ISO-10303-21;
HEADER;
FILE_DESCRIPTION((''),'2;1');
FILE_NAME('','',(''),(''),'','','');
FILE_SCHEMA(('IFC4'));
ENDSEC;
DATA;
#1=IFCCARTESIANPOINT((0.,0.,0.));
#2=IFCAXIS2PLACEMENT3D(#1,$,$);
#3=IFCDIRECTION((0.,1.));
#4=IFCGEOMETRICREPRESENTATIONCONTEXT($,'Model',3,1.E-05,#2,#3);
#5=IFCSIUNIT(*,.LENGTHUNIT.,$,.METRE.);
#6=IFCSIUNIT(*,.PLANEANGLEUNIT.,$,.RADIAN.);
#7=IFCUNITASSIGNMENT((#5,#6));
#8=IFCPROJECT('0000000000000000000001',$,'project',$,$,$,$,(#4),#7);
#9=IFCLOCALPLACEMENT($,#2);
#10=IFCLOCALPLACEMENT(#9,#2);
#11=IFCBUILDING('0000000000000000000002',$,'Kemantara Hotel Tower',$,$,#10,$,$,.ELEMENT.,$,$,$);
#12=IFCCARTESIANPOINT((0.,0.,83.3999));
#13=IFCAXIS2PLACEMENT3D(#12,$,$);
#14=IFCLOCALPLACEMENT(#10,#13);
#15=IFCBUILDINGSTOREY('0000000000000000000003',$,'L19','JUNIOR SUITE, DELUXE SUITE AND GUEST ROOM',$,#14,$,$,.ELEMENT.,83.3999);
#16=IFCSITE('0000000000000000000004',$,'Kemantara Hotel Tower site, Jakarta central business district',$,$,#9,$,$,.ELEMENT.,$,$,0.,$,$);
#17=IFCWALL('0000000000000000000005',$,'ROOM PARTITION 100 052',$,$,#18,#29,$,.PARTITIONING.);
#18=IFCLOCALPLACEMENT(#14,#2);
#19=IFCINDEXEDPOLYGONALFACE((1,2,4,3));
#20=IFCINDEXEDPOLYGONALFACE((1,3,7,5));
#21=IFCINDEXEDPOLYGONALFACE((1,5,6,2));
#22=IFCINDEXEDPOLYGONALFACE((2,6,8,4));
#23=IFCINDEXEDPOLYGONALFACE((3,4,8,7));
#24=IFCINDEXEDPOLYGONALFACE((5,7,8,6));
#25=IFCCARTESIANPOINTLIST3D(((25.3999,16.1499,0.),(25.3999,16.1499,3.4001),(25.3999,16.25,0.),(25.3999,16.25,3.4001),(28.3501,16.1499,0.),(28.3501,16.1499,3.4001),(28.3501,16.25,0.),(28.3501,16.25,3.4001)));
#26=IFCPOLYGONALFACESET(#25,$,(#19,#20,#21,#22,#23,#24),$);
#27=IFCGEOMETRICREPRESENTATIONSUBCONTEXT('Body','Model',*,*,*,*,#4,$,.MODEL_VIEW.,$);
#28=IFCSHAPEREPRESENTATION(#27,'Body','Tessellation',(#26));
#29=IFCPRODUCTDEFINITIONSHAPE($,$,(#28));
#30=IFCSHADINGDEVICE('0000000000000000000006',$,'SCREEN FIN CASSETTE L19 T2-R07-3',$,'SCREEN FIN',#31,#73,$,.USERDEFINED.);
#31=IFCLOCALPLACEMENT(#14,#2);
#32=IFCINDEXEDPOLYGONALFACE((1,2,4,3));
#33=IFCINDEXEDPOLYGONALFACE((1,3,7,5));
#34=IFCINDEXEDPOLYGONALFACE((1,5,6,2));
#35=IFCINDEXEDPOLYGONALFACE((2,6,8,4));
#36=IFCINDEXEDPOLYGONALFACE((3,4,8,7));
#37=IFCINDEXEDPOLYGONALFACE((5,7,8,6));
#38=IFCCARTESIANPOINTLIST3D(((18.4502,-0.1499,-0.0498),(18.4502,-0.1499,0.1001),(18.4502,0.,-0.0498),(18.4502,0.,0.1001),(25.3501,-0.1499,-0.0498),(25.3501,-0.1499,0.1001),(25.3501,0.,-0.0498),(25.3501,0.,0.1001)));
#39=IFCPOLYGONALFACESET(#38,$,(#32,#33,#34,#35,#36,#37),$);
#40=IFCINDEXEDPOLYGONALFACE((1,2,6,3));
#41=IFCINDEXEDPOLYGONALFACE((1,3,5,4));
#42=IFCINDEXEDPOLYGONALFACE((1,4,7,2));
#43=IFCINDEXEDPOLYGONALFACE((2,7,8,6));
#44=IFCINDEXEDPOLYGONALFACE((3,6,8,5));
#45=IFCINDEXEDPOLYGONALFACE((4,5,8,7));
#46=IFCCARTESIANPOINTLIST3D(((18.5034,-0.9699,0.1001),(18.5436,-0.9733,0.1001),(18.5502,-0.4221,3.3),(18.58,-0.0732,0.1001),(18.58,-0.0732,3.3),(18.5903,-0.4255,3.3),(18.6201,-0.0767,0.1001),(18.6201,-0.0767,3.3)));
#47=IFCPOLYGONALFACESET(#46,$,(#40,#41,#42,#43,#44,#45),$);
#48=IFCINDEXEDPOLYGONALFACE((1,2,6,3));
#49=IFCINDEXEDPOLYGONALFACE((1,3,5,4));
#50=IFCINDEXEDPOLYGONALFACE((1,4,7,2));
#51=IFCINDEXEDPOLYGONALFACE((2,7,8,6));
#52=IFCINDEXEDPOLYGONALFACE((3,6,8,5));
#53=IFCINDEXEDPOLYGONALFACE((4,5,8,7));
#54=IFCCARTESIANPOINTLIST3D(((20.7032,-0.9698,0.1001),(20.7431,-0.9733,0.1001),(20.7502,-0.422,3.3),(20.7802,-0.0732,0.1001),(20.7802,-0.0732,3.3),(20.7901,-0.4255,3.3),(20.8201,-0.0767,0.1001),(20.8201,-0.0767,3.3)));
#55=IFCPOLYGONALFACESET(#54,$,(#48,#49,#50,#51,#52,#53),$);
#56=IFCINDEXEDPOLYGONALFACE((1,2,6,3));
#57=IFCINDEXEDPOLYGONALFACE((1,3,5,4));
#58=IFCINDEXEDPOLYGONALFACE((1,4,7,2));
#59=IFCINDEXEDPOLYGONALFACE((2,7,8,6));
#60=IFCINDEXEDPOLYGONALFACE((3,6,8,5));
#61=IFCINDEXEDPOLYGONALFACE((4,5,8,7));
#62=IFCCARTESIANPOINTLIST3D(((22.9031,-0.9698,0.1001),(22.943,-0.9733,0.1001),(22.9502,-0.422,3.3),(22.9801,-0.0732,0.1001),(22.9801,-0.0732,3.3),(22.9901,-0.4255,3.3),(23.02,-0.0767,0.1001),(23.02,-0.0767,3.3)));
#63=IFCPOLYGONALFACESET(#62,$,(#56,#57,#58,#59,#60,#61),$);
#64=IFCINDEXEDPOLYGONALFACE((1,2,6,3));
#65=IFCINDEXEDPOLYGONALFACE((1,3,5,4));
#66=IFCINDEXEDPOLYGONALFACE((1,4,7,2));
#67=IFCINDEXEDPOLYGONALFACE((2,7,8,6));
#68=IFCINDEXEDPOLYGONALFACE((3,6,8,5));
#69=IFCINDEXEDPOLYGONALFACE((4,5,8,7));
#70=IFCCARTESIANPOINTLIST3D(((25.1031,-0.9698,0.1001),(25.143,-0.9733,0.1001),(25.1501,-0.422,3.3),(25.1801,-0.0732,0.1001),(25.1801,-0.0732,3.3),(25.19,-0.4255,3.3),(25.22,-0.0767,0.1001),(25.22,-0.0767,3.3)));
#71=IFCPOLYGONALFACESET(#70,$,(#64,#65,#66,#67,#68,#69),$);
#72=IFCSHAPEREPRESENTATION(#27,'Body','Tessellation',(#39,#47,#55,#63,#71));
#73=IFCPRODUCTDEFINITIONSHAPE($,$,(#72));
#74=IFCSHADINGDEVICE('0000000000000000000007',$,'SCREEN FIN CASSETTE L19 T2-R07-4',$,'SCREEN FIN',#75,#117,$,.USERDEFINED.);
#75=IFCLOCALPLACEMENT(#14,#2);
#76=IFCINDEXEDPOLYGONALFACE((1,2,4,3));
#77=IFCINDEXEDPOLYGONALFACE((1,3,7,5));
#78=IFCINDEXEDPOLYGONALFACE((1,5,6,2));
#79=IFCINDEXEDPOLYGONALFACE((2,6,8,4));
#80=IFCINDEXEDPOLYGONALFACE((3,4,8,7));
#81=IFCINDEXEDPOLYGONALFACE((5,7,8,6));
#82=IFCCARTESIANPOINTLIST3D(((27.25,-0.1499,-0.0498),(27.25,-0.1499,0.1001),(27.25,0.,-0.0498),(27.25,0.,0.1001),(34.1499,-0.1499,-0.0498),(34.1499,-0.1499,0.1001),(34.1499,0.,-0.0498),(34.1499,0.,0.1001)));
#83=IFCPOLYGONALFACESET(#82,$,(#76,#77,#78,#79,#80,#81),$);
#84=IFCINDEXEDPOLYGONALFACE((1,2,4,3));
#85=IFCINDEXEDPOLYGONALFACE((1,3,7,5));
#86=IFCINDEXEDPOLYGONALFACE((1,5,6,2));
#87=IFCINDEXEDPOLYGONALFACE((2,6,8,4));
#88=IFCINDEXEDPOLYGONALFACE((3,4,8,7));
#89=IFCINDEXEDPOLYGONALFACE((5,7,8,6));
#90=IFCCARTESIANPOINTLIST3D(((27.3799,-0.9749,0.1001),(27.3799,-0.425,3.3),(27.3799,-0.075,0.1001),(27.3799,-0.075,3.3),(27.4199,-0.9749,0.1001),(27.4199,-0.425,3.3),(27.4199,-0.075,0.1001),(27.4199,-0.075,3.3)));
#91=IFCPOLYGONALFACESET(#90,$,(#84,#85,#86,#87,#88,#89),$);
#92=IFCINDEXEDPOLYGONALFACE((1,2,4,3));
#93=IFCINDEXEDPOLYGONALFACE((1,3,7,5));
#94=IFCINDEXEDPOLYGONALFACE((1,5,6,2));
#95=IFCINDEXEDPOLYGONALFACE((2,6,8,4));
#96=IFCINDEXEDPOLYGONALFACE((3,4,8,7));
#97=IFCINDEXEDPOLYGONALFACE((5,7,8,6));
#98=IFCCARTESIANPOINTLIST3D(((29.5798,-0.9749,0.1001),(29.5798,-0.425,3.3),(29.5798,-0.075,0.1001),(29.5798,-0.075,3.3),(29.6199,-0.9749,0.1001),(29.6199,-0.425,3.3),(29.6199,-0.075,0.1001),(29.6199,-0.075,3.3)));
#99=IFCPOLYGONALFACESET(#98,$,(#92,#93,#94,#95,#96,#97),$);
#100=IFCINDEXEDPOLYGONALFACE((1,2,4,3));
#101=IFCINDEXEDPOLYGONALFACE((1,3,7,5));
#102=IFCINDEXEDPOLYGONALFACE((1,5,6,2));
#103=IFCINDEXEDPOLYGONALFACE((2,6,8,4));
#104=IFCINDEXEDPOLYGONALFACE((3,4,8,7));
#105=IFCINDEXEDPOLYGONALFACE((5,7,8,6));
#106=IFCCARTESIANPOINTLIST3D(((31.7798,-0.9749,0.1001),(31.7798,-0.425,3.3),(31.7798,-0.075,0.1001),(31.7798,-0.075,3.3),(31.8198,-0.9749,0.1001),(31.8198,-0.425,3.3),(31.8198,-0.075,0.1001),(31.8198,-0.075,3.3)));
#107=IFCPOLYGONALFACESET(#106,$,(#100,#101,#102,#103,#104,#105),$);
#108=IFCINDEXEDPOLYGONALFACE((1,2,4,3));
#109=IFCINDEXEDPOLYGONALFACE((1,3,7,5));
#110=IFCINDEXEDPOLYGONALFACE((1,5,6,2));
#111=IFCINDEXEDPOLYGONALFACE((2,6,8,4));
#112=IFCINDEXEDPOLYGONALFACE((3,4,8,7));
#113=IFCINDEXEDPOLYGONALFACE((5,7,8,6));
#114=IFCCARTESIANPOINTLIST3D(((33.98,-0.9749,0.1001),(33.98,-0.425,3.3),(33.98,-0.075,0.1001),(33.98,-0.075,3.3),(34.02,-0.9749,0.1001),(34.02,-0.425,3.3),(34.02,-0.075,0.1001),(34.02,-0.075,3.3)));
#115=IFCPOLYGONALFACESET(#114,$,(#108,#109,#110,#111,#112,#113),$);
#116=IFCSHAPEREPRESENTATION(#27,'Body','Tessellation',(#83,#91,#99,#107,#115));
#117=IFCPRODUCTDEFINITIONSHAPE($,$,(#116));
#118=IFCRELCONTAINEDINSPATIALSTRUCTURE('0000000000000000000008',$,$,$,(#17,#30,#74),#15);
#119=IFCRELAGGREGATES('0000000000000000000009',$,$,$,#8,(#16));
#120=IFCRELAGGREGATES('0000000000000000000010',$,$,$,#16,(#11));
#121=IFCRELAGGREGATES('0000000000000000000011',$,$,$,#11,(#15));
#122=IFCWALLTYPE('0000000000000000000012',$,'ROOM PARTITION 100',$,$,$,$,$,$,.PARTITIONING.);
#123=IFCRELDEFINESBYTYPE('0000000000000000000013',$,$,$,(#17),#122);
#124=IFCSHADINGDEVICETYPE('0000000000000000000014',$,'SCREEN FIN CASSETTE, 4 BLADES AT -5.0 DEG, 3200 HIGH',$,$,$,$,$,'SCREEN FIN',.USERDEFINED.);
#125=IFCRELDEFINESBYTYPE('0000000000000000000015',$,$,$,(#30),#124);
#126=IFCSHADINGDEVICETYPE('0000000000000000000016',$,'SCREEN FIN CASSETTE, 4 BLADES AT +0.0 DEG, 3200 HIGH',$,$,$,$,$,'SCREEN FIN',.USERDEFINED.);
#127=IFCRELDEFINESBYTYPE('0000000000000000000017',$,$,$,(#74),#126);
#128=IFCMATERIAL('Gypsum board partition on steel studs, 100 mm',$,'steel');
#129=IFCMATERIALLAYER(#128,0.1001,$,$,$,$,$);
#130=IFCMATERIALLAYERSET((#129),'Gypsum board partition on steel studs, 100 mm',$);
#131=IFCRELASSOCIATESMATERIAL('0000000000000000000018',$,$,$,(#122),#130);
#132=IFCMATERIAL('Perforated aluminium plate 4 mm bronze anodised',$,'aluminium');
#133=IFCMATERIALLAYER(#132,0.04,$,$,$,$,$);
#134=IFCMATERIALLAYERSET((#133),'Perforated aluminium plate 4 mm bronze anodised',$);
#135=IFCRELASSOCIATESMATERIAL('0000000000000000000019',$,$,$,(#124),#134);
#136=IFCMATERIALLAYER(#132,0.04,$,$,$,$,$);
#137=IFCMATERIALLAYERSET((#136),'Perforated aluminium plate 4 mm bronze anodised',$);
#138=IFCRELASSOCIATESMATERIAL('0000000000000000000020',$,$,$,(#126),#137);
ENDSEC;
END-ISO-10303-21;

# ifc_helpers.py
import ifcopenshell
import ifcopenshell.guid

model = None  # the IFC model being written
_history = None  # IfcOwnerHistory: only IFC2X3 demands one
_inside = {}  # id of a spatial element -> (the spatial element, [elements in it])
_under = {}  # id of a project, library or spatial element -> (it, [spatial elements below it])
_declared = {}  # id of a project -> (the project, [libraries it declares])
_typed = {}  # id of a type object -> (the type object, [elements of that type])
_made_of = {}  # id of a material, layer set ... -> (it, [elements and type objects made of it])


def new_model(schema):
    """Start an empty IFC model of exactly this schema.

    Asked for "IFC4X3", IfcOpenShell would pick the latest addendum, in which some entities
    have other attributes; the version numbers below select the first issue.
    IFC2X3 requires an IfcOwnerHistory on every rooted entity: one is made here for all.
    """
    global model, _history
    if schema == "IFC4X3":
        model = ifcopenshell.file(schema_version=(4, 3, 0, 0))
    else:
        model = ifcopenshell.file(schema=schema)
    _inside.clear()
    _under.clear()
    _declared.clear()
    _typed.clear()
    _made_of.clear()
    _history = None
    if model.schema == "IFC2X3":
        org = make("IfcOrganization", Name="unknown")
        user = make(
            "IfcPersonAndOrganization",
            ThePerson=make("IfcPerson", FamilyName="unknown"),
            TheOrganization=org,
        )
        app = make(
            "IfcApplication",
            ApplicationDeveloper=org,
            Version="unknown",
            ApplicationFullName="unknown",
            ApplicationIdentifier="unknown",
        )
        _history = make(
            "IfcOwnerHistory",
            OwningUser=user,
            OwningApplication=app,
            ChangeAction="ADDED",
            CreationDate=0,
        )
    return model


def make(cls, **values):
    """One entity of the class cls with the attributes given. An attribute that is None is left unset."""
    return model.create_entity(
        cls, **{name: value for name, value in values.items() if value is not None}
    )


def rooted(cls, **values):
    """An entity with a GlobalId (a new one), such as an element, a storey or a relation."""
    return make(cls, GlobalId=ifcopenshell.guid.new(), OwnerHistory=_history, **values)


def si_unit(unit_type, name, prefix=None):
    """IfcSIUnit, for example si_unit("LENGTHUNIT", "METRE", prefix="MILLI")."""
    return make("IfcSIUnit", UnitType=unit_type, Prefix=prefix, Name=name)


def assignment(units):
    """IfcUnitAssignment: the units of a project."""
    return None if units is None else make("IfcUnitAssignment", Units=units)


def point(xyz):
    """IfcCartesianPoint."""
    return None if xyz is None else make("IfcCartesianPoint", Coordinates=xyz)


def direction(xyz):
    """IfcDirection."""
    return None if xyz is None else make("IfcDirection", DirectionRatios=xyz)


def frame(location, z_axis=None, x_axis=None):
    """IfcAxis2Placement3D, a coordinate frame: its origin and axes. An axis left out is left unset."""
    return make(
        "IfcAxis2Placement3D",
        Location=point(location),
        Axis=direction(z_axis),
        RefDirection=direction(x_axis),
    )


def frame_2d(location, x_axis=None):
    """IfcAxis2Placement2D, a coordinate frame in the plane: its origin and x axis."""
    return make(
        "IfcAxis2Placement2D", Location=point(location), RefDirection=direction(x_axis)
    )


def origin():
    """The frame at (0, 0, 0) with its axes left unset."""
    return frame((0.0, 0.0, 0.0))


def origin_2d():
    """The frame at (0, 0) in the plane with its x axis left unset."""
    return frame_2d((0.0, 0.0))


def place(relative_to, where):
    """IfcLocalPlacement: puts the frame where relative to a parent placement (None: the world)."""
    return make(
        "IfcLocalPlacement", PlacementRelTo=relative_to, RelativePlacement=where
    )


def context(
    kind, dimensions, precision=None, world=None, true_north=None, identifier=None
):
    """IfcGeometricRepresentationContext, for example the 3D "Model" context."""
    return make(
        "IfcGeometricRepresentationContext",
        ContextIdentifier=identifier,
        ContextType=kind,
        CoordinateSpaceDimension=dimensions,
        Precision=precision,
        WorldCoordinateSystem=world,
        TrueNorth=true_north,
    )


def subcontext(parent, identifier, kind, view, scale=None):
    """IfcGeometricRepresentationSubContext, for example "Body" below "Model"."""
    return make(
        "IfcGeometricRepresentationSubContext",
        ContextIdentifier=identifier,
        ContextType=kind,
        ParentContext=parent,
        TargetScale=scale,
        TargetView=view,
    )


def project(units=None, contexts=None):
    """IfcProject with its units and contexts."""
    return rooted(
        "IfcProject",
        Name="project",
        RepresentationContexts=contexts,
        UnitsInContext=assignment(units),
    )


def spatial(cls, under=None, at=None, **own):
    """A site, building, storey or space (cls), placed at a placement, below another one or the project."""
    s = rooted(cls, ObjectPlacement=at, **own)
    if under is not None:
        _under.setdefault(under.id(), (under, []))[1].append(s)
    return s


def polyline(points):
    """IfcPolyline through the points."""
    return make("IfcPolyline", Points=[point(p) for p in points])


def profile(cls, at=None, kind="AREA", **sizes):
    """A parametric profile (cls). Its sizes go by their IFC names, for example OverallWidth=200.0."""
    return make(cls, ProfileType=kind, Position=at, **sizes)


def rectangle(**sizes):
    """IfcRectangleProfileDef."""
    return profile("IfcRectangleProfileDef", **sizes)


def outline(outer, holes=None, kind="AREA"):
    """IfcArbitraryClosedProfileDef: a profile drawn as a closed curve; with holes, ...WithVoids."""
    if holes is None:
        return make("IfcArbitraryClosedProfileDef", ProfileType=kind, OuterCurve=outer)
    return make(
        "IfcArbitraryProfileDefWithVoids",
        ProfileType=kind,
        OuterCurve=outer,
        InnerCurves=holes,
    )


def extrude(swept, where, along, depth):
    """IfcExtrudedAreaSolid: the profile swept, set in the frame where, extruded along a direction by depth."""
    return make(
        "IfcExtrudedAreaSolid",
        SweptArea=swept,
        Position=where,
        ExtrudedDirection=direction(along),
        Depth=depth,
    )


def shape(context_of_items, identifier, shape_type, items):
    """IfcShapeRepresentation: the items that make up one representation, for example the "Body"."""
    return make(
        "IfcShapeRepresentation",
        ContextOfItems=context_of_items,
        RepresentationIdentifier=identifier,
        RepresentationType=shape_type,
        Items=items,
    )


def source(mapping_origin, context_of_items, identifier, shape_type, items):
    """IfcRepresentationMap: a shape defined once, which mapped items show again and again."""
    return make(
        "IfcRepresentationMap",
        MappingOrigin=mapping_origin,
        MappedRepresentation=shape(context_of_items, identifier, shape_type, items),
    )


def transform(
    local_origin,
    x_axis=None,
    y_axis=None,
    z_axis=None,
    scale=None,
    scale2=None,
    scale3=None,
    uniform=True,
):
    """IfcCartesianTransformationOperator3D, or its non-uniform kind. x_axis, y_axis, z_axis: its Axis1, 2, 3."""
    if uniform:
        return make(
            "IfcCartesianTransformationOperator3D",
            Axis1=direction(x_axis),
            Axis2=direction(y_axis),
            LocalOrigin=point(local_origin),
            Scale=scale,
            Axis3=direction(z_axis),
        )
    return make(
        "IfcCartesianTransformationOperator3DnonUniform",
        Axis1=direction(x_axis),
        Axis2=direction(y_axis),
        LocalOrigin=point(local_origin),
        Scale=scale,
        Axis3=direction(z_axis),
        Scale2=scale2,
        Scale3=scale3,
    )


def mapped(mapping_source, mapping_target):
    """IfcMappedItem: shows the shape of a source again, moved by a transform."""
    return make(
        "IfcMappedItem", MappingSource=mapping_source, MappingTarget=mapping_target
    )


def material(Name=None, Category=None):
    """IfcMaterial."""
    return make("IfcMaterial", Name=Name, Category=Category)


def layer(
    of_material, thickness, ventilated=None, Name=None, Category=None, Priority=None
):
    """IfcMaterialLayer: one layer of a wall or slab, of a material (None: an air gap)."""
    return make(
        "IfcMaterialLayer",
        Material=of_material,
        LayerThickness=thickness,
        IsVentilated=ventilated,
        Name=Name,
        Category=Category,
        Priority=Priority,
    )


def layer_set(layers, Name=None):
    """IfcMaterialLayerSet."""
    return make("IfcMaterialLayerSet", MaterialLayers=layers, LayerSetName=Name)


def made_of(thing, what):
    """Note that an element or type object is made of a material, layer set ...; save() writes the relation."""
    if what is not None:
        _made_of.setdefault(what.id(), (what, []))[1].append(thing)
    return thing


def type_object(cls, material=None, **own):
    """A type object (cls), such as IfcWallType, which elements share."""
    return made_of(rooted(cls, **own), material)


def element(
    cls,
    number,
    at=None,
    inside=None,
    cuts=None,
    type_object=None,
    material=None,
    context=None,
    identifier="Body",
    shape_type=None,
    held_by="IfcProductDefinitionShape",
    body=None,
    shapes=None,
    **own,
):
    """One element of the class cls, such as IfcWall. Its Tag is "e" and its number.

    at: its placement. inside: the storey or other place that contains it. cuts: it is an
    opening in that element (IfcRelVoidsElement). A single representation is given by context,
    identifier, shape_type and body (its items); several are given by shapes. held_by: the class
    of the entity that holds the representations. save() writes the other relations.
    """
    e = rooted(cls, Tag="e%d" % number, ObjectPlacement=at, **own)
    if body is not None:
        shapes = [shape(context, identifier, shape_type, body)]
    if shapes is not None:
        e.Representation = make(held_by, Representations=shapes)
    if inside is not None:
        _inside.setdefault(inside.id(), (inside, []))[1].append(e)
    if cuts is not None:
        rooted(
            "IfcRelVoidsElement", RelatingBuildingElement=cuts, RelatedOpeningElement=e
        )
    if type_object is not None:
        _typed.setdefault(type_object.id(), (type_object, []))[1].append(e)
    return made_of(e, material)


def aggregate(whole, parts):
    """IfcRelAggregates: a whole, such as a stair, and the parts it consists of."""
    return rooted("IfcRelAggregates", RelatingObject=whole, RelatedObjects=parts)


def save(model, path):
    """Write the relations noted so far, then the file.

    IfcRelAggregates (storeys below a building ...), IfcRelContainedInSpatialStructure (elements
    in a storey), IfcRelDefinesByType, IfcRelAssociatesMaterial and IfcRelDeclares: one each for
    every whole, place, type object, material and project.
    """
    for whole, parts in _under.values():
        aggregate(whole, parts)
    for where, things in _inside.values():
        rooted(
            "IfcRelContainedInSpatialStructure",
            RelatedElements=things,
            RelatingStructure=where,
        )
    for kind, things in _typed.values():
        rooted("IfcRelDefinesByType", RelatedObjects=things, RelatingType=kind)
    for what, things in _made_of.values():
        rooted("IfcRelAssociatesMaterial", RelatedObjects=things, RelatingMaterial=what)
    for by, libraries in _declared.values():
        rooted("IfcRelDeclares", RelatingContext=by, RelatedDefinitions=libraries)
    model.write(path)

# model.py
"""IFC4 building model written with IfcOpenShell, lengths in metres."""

from ifc_helpers import new_model, si_unit, direction, frame, frame_2d, origin, origin_2d, place, context, subcontext, project, spatial, polyline, rectangle, outline, extrude, source, transform, mapped, material, layer, layer_set, type_object, element, save


model = new_model("IFC4")

# Units and contexts
model_context = context("Model", 3, precision=1e-05, world=origin(), true_north=direction((0.0, 1.0)))
body_context = subcontext(model_context, "Body", "Model", "MODEL_VIEW")
ifc_project = project(units=[si_unit("LENGTHUNIT", "METRE"), si_unit("PLANEANGLEUNIT", "RADIAN")], contexts=[model_context])

# Site, building, storey
site_placement = place(None, origin())
site = spatial("IfcSite", under=ifc_project, at=site_placement, Name="Kemantara Hotel Tower site, Jakarta central business district", CompositionType="ELEMENT", RefElevation=0.0)
building_placement = place(site_placement, origin())
building = spatial("IfcBuilding", under=site, at=building_placement, Name="Kemantara Hotel Tower", CompositionType="ELEMENT")
storey_placement = place(building_placement, frame((0.0, 0.0, 83.3999)))
storey = spatial("IfcBuildingStorey", under=building, at=storey_placement, Name="L19", Description="JUNIOR SUITE, DELUXE SUITE AND GUEST ROOM", CompositionType="ELEMENT", Elevation=83.3999)

# Wall
ifc_material_1 = material(Name="Gypsum board partition on steel studs, 100 mm", Category="steel")
ifc_layer_1 = layer(ifc_material_1, 0.1001)
ifc_layer_set_1 = layer_set([ifc_layer_1], Name="Gypsum board partition on steel studs, 100 mm")
wall_type_1 = type_object("IfcWallType", Name="ROOM PARTITION 100", PredefinedType="PARTITIONING", material=ifc_layer_set_1)
wall_1_placement = place(storey_placement, frame((25.3999, 16.2, 0.0), z_axis=(0.0, 0.0, 1.0), x_axis=(1.0, 0.0, 0.0)))
element("IfcWall", 1, at=wall_1_placement, inside=storey, type_object=wall_type_1, Name="ROOM PARTITION 100 052", PredefinedType="PARTITIONING", context=body_context, shape_type="SweptSolid", body=[
    extrude(rectangle(XDim=2.9502, YDim=0.1001, at=frame_2d((1.4751, 0.0))), origin(), (0.0, 0.0, 1.0), 3.4001),
])

# Shading devices
ifc_material_2 = material(Name="Perforated aluminium plate 4 mm bronze anodised", Category="aluminium")
ifc_layer_2 = layer(ifc_material_2, 0.04)
ifc_layer_set_2 = layer_set([ifc_layer_2], Name="Perforated aluminium plate 4 mm bronze anodised")
shading_device_type_1 = type_object("IfcShadingDeviceType", Name="SCREEN FIN CASSETTE, 4 BLADES AT -5.0 DEG, 3200 HIGH", ElementType="SCREEN FIN", PredefinedType="USERDEFINED", material=ifc_layer_set_2)
shared_shape_1 = source(origin(), body_context, "Body", "SweptSolid", [
    extrude(rectangle(XDim=6.8999, YDim=0.1499, at=origin_2d()), frame((3.3, -0.075, -0.1499), z_axis=(0.0, 0.0, 1.0), x_axis=(1.0, 0.0, 0.0)), (0.0, 0.0, 1.0), 0.1499),
    extrude(outline(polyline([(0.0, 0.0), (0.8999, 0.0), (0.3501, 3.2), (0.0, 3.2), (0.0, 0.0)])), frame((0.02, -0.0767, 0.0), z_axis=(-0.996376, 0.085056, 0.0), x_axis=(-0.085056, -0.996376, 0.0)), (0.0, 0.0, 1.0), 0.0403),
    extrude(outline(polyline([(0.0, 0.0), (0.8999, 0.0), (0.3501, 3.2), (0.0, 3.2), (0.0, 0.0)])), frame((2.22, -0.0767, 0.0), z_axis=(-0.996332, 0.085575, 0.0), x_axis=(-0.085575, -0.996332, 0.0)), (0.0, 0.0, 1.0), 0.04),
    extrude(outline(polyline([(0.0, 0.0), (0.8999, 0.0), (0.3501, 3.2), (0.0, 3.2), (0.0, 0.0)])), frame((4.4199, -0.0767, 0.0), z_axis=(-0.996332, 0.085575, 0.0), x_axis=(-0.085575, -0.996332, 0.0)), (0.0, 0.0, 1.0), 0.04),
    extrude(outline(polyline([(0.0, 0.0), (0.8999, 0.0), (0.3501, 3.2), (0.0, 3.2), (0.0, 0.0)])), frame((6.6199, -0.0767, 0.0), z_axis=(-0.996332, 0.085575, 0.0), x_axis=(-0.085575, -0.996332, 0.0)), (0.0, 0.0, 1.0), 0.04),
])
shading_device_1_placement = place(storey_placement, frame((18.6001, 0.0, 0.1001), z_axis=(0.0, 0.0, 1.0), x_axis=(1.0, 0.0, 0.0)))
element("IfcShadingDevice", 2, at=shading_device_1_placement, inside=storey, type_object=shading_device_type_1, Name="SCREEN FIN CASSETTE L19 T2-R07-3", ObjectType="SCREEN FIN", PredefinedType="USERDEFINED", context=body_context, shape_type="MappedRepresentation", body=[
    mapped(shared_shape_1, transform((0.0, 0.0, 0.0))),
])
ifc_layer_3 = layer(ifc_material_2, 0.04)
ifc_layer_set_3 = layer_set([ifc_layer_3], Name="Perforated aluminium plate 4 mm bronze anodised")
shading_device_type_2 = type_object("IfcShadingDeviceType", Name="SCREEN FIN CASSETTE, 4 BLADES AT +0.0 DEG, 3200 HIGH", ElementType="SCREEN FIN", PredefinedType="USERDEFINED", material=ifc_layer_set_3)
shared_shape_2 = source(origin(), body_context, "Body", "SweptSolid", [
    extrude(rectangle(XDim=6.8999, YDim=0.1499, at=origin_2d()), frame((3.3, -0.075, -0.1499), z_axis=(0.0, 0.0, 1.0), x_axis=(1.0, 0.0, 0.0)), (0.0, 0.0, 1.0), 0.1499),
    extrude(outline(polyline([(0.0, 0.0), (0.8999, 0.0), (0.3501, 3.2), (0.0, 3.2), (0.0, 0.0)])), frame((0.02, -0.075, 0.0), z_axis=(-1.0, 0.0, 0.0), x_axis=(0.0, -1.0, 0.0)), (0.0, 0.0, 1.0), 0.04),
    extrude(outline(polyline([(0.0, 0.0), (0.8999, 0.0), (0.3501, 3.2), (0.0, 3.2), (0.0, 0.0)])), frame((2.22, -0.075, 0.0), z_axis=(-1.0, 0.0, 0.0), x_axis=(0.0, -1.0, 0.0)), (0.0, 0.0, 1.0), 0.04),
    extrude(outline(polyline([(0.0, 0.0), (0.8999, 0.0), (0.3501, 3.2), (0.0, 3.2), (0.0, 0.0)])), frame((4.4199, -0.075, 0.0), z_axis=(-1.0, 0.0, 0.0), x_axis=(0.0, -1.0, 0.0)), (0.0, 0.0, 1.0), 0.04),
    extrude(outline(polyline([(0.0, 0.0), (0.8999, 0.0), (0.3501, 3.2), (0.0, 3.2), (0.0, 0.0)])), frame((6.6201, -0.075, 0.0), z_axis=(-1.0, 0.0, 0.0), x_axis=(0.0, -1.0, 0.0)), (0.0, 0.0, 1.0), 0.04),
])
shading_device_2_placement = place(storey_placement, frame((27.3999, 0.0, 0.1001), z_axis=(0.0, 0.0, 1.0), x_axis=(1.0, 0.0, 0.0)))
element("IfcShadingDevice", 3, at=shading_device_2_placement, inside=storey, type_object=shading_device_type_2, Name="SCREEN FIN CASSETTE L19 T2-R07-4", ObjectType="SCREEN FIN", PredefinedType="USERDEFINED", context=body_context, shape_type="MappedRepresentation", body=[
    mapped(shared_shape_2, transform((0.0, 0.0, 0.0))),
])

save(model, "model.ifc")
